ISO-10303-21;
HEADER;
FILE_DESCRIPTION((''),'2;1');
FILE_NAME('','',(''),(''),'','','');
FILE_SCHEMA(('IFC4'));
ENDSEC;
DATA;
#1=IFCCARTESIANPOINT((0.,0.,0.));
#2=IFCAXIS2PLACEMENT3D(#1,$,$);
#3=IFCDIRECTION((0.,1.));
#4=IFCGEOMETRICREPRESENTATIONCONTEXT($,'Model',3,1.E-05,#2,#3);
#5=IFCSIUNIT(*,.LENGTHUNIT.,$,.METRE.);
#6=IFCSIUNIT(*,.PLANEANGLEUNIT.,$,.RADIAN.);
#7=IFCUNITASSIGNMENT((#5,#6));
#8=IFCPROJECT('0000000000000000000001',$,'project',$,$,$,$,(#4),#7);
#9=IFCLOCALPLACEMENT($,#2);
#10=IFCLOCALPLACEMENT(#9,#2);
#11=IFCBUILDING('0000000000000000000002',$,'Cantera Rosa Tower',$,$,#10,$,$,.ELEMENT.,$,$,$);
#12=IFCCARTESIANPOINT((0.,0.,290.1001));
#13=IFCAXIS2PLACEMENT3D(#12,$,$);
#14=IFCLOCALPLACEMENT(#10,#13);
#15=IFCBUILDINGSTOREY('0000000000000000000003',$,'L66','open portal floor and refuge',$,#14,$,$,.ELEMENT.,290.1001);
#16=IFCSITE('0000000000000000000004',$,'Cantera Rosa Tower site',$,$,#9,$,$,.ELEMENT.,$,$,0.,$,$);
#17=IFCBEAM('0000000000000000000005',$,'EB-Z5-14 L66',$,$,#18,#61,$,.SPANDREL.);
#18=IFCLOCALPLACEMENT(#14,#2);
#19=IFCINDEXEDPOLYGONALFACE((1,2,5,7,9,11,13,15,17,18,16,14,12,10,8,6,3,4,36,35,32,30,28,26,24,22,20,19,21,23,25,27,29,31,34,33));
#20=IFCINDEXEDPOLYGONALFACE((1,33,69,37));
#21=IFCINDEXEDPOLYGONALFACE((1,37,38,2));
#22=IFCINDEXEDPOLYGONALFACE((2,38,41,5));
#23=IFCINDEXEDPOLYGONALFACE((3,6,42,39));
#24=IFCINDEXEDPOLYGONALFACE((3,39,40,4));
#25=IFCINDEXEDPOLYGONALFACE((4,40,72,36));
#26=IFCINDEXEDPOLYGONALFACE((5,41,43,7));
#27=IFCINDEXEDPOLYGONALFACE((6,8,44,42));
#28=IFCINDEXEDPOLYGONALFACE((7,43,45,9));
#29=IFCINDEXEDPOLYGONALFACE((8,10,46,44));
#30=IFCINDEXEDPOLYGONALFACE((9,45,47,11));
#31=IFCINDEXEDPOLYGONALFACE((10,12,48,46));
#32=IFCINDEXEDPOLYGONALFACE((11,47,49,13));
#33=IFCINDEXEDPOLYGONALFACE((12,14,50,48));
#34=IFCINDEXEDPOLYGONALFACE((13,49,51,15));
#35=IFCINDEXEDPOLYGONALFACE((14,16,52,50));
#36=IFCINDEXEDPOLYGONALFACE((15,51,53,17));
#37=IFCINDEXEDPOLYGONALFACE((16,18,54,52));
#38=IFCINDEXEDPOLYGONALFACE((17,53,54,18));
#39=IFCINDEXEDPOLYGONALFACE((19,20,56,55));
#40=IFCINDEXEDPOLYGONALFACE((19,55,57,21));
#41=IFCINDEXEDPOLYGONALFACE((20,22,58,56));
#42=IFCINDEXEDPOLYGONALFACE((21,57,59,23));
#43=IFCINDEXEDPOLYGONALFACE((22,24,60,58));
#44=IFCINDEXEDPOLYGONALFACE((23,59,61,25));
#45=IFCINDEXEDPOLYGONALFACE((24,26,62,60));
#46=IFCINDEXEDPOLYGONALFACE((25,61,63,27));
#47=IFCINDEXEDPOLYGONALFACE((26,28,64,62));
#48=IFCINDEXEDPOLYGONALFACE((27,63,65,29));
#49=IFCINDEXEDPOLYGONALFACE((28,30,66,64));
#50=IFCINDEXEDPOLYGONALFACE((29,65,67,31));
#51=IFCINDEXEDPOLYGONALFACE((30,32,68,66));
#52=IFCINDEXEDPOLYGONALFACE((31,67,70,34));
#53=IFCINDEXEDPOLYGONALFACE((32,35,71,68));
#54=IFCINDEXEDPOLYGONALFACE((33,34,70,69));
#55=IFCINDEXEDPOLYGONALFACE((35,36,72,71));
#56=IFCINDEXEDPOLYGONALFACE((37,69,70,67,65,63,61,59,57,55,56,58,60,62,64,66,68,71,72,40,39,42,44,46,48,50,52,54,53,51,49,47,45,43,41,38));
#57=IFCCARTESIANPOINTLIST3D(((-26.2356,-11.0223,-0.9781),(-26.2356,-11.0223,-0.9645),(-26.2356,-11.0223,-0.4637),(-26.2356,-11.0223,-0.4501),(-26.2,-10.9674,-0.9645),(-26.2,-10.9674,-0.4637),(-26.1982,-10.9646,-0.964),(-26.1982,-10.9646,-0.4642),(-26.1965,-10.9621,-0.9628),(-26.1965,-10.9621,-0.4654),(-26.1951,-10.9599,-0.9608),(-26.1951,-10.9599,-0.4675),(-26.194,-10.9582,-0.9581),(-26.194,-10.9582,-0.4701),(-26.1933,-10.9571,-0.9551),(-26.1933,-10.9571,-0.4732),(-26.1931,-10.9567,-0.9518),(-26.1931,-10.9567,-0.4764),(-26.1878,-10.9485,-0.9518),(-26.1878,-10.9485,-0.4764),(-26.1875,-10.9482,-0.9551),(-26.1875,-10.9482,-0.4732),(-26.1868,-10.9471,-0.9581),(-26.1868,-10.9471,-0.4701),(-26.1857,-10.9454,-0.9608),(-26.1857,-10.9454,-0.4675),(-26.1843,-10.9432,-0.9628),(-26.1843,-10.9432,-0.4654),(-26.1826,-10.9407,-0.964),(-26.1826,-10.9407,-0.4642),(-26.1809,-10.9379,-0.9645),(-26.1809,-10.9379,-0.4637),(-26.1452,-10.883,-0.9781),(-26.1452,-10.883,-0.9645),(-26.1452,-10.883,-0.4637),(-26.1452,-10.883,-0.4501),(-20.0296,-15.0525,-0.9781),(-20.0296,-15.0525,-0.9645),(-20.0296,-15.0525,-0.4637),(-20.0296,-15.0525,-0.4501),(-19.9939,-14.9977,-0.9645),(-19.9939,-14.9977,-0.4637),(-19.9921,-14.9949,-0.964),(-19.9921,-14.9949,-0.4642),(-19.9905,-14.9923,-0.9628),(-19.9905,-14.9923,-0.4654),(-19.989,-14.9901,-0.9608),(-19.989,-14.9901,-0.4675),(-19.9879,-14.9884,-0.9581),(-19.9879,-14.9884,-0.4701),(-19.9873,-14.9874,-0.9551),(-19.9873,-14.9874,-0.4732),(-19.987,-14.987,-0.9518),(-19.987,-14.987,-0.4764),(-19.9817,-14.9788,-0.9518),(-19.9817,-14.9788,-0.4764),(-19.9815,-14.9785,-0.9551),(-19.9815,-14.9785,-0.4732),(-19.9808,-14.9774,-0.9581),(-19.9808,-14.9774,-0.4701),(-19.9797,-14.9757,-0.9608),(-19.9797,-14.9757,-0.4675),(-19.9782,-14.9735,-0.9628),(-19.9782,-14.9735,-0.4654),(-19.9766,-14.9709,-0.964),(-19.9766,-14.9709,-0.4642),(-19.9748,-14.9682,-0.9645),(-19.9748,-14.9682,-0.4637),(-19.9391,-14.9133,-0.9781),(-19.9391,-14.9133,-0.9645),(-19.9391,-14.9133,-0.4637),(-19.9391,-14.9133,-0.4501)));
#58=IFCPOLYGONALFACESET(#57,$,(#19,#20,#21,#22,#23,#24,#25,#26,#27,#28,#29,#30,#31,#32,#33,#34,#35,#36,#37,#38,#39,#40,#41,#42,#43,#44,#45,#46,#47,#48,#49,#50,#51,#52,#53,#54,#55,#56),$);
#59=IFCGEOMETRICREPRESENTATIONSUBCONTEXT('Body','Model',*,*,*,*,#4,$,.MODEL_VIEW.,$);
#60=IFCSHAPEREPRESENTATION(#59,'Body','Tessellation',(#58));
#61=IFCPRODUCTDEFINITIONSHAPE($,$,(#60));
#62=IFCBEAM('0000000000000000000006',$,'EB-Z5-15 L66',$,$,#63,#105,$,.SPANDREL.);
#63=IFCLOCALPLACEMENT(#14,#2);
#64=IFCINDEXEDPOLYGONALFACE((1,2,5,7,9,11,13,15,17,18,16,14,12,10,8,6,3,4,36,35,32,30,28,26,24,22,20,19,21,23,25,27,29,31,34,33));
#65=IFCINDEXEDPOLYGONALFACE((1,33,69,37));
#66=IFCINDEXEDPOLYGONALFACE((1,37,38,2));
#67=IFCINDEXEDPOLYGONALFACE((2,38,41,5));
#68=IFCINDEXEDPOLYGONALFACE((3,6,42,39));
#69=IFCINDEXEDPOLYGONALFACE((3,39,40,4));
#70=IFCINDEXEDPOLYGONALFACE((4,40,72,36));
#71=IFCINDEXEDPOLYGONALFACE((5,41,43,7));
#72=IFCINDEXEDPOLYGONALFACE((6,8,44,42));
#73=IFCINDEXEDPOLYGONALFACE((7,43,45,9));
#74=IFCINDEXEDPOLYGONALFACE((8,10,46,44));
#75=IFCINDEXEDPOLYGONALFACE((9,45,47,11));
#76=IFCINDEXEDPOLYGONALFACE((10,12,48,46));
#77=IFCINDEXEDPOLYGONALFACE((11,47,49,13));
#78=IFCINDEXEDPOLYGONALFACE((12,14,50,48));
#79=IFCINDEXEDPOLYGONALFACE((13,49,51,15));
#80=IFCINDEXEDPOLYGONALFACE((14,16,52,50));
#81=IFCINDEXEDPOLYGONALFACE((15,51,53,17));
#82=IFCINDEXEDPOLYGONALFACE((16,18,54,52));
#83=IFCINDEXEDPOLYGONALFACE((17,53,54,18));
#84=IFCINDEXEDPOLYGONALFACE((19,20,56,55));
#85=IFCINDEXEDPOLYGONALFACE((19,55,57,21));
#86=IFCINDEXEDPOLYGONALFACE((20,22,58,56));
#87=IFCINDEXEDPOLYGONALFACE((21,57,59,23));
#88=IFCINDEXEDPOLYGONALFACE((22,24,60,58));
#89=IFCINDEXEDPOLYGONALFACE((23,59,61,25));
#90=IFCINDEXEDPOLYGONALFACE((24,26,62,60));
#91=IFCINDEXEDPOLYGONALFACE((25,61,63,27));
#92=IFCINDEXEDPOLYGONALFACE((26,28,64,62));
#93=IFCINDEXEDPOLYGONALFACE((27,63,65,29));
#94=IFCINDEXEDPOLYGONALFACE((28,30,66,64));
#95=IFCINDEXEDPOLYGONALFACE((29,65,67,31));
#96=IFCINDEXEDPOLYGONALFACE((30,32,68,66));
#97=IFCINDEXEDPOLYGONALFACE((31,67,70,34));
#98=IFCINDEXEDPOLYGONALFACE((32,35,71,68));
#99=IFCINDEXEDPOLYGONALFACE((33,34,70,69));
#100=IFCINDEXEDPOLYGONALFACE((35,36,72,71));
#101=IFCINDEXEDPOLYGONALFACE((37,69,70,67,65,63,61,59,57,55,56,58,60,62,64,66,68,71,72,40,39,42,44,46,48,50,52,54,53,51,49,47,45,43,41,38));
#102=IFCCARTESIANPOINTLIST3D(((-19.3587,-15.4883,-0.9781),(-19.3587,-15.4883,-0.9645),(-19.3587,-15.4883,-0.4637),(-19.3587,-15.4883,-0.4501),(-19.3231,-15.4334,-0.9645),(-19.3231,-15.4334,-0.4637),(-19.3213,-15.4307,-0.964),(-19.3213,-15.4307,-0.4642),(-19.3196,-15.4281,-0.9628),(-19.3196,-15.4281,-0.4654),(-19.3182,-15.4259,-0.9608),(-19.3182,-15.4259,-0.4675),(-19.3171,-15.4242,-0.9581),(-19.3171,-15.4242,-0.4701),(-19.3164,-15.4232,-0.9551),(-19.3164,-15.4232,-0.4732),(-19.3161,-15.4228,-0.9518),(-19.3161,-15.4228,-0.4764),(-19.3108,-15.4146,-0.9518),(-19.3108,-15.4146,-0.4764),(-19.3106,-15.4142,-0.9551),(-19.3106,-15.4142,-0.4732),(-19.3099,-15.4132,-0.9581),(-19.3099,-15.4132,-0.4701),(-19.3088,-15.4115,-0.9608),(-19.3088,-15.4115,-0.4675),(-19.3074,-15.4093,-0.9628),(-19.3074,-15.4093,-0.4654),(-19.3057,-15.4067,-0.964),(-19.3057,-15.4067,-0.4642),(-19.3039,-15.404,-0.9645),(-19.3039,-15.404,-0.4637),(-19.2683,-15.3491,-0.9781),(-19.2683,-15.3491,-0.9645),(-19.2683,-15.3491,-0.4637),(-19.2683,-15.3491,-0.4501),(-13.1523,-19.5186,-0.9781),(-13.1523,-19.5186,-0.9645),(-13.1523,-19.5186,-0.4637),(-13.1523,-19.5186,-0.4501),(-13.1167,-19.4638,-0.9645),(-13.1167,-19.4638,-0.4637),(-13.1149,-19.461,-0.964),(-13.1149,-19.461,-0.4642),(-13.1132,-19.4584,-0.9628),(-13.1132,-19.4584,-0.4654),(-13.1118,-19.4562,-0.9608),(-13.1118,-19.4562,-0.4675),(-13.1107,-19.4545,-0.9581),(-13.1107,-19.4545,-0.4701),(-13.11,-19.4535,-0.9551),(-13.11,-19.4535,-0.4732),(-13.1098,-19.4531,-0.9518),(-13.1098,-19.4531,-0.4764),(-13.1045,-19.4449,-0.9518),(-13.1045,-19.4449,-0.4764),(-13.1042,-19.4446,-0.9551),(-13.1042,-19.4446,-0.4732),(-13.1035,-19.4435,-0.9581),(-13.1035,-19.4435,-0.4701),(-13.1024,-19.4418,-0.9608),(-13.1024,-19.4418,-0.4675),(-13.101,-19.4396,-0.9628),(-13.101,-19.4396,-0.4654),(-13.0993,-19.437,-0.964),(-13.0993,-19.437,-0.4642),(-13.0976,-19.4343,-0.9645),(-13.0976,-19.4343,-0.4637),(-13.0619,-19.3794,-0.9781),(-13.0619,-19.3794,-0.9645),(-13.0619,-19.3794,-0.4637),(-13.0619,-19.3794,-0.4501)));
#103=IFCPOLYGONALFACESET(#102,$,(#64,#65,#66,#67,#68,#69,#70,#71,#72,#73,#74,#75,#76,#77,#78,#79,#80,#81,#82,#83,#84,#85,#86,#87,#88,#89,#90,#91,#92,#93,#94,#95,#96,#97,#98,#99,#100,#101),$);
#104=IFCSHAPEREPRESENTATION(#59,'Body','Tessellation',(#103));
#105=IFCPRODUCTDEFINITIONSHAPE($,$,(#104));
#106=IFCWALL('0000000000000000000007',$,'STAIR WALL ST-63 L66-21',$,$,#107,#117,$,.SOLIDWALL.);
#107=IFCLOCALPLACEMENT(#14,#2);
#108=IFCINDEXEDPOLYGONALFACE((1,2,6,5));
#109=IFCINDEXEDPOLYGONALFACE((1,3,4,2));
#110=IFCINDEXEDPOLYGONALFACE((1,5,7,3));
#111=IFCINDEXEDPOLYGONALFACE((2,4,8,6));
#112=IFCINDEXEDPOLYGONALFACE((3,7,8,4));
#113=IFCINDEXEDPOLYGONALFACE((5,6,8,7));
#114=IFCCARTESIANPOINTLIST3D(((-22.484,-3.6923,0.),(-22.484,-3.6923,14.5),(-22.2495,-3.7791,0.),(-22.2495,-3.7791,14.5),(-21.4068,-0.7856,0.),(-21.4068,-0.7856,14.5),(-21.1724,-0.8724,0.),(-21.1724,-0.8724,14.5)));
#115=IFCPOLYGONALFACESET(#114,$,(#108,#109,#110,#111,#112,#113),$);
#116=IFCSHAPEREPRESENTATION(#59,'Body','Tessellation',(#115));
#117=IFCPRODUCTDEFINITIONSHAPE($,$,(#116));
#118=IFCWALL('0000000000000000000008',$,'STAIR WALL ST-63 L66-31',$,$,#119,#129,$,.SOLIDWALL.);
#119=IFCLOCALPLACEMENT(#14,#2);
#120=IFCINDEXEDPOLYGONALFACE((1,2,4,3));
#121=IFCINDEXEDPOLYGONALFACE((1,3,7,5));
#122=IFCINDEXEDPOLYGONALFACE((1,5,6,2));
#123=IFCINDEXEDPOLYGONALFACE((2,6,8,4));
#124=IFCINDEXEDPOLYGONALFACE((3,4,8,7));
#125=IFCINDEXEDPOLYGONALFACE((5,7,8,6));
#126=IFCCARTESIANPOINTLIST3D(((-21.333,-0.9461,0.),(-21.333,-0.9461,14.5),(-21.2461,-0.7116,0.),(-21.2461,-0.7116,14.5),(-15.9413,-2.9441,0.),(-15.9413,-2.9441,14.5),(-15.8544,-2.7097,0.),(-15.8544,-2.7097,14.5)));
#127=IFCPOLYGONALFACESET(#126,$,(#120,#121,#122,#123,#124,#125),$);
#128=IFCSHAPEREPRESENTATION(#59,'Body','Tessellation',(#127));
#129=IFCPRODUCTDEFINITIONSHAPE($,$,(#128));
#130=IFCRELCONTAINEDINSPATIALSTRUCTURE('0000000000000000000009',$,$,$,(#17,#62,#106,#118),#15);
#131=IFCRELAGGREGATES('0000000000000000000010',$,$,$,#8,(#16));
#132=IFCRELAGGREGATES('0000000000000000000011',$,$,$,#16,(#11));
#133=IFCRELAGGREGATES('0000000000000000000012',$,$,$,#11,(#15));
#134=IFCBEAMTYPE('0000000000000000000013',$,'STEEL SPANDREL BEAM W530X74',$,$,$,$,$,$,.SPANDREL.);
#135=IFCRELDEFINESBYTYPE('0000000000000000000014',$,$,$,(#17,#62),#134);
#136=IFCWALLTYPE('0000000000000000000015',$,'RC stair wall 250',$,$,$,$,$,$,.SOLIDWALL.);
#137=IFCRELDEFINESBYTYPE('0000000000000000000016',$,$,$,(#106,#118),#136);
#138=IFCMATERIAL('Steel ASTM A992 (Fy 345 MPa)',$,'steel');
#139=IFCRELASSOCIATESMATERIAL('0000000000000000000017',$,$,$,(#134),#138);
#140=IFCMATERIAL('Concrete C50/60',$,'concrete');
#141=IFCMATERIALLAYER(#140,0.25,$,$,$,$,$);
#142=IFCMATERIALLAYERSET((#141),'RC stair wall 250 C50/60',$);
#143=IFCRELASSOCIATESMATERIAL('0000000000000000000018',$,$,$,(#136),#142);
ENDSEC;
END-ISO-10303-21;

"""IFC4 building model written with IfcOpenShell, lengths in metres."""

from ifc_helpers import new_model, si_unit, direction, frame, frame_2d, origin, origin_2d, place, context, subcontext, project, spatial, rectangle, i_section, extrude, material, layer, layer_set, material_profile, profile_set, type_object, element, save


model = new_model("IFC4")

# Units and contexts
model_context = context("Model", 3, precision=1e-05, world=origin(), true_north=direction((0.0, 1.0)))
body_context = subcontext(model_context, "Body", "Model", "MODEL_VIEW")
ifc_project = project(units=[si_unit("LENGTHUNIT", "METRE"), si_unit("PLANEANGLEUNIT", "RADIAN")], contexts=[model_context])

# Site, building, storey
site_placement = place(None, origin())
site = spatial("IfcSite", under=ifc_project, at=site_placement, Name="Cantera Rosa Tower site", CompositionType="ELEMENT", RefElevation=0.0)
building_placement = place(site_placement, origin())
building = spatial("IfcBuilding", under=site, at=building_placement, Name="Cantera Rosa Tower", CompositionType="ELEMENT")
storey_placement = place(building_placement, frame((0.0, 0.0, 290.1001)))
storey = spatial("IfcBuildingStorey", under=building, at=storey_placement, Name="L66", Description="open portal floor and refuge", CompositionType="ELEMENT", Elevation=290.1001)

# Beams
ifc_material_1 = material(Name="Steel ASTM A992 (Fy 345 MPa)", Category="steel")
ifc_material_profile_1 = material_profile(ifc_material_1, i_section(OverallWidth=0.166, OverallDepth=0.5281, WebThickness=0.0098, FlangeThickness=0.0137, FilletRadius=0.0127, at=origin_2d()), Name="W530X74")
ifc_profile_set_1 = profile_set([ifc_material_profile_1], Name="Steel ASTM A992 (Fy 345 MPa)")
beam_type_1 = type_object("IfcBeamType", Name="STEEL SPANDREL BEAM W530X74", PredefinedType="SPANDREL", material=ifc_profile_set_1)
beam_1_placement = place(storey_placement, frame((-26.1904, -10.9526, -0.7141), z_axis=(0.83867, -0.54464, 0.0), x_axis=(0.54464, 0.83867, 0.0)))
element("IfcBeam", 1, at=beam_1_placement, inside=storey, type_object=beam_type_1, Name="EB-Z5-14 L66", PredefinedType="SPANDREL", context=body_context, shape_type="SweptSolid", body=[
    extrude(i_section(OverallWidth=0.166, OverallDepth=0.5281, WebThickness=0.0098, FlangeThickness=0.0137, FilletRadius=0.0127, at=origin_2d()), origin(), (0.0, 0.0, 1.0), 7.3999),
])
beam_2_placement = place(storey_placement, frame((-19.3135, -15.4187, -0.7141), z_axis=(0.838679, -0.544625, 0.0), x_axis=(0.544625, 0.838679, 0.0)))
element("IfcBeam", 2, at=beam_2_placement, inside=storey, type_object=beam_type_1, Name="EB-Z5-15 L66", PredefinedType="SPANDREL", context=body_context, shape_type="SweptSolid", body=[
    extrude(i_section(OverallWidth=0.166, OverallDepth=0.5281, WebThickness=0.0098, FlangeThickness=0.0137, FilletRadius=0.0127, at=origin_2d()), origin(), (0.0, 0.0, 1.0), 7.4001),
])

# Walls
ifc_material_2 = material(Name="Concrete C50/60", Category="concrete")
ifc_layer = layer(ifc_material_2, 0.25)
ifc_layer_set = layer_set([ifc_layer], Name="RC stair wall 250 C50/60")
wall_type = type_object("IfcWallType", Name="RC stair wall 250", PredefinedType="SOLIDWALL", material=ifc_layer_set)
wall_1_placement = place(storey_placement, frame((-22.3667, -3.7356, 0.0), z_axis=(0.0, 0.0, 1.0), x_axis=(0.347479, 0.937688, 0.0)))
element("IfcWall", 3, at=wall_1_placement, inside=storey, type_object=wall_type, Name="STAIR WALL ST-63 L66-21", PredefinedType="SOLIDWALL", context=body_context, shape_type="SweptSolid", body=[
    extrude(rectangle(XDim=3.0999, YDim=0.25, at=frame_2d((1.5498, 0.0))), origin(), (0.0, 0.0, 1.0), 14.5),
])
wall_2_placement = place(storey_placement, frame((-21.2896, -0.8289, 0.0), z_axis=(0.0, 0.0, 1.0), x_axis=(0.937683, -0.347491, 0.0)))
element("IfcWall", 4, at=wall_2_placement, inside=storey, type_object=wall_type, Name="STAIR WALL ST-63 L66-31", PredefinedType="SOLIDWALL", context=body_context, shape_type="SweptSolid", body=[
    extrude(rectangle(XDim=5.75, YDim=0.25, at=frame_2d((2.875, 0.0))), origin(), (0.0, 0.0, 1.0), 14.5),
])

save(model, "model.ifc")
